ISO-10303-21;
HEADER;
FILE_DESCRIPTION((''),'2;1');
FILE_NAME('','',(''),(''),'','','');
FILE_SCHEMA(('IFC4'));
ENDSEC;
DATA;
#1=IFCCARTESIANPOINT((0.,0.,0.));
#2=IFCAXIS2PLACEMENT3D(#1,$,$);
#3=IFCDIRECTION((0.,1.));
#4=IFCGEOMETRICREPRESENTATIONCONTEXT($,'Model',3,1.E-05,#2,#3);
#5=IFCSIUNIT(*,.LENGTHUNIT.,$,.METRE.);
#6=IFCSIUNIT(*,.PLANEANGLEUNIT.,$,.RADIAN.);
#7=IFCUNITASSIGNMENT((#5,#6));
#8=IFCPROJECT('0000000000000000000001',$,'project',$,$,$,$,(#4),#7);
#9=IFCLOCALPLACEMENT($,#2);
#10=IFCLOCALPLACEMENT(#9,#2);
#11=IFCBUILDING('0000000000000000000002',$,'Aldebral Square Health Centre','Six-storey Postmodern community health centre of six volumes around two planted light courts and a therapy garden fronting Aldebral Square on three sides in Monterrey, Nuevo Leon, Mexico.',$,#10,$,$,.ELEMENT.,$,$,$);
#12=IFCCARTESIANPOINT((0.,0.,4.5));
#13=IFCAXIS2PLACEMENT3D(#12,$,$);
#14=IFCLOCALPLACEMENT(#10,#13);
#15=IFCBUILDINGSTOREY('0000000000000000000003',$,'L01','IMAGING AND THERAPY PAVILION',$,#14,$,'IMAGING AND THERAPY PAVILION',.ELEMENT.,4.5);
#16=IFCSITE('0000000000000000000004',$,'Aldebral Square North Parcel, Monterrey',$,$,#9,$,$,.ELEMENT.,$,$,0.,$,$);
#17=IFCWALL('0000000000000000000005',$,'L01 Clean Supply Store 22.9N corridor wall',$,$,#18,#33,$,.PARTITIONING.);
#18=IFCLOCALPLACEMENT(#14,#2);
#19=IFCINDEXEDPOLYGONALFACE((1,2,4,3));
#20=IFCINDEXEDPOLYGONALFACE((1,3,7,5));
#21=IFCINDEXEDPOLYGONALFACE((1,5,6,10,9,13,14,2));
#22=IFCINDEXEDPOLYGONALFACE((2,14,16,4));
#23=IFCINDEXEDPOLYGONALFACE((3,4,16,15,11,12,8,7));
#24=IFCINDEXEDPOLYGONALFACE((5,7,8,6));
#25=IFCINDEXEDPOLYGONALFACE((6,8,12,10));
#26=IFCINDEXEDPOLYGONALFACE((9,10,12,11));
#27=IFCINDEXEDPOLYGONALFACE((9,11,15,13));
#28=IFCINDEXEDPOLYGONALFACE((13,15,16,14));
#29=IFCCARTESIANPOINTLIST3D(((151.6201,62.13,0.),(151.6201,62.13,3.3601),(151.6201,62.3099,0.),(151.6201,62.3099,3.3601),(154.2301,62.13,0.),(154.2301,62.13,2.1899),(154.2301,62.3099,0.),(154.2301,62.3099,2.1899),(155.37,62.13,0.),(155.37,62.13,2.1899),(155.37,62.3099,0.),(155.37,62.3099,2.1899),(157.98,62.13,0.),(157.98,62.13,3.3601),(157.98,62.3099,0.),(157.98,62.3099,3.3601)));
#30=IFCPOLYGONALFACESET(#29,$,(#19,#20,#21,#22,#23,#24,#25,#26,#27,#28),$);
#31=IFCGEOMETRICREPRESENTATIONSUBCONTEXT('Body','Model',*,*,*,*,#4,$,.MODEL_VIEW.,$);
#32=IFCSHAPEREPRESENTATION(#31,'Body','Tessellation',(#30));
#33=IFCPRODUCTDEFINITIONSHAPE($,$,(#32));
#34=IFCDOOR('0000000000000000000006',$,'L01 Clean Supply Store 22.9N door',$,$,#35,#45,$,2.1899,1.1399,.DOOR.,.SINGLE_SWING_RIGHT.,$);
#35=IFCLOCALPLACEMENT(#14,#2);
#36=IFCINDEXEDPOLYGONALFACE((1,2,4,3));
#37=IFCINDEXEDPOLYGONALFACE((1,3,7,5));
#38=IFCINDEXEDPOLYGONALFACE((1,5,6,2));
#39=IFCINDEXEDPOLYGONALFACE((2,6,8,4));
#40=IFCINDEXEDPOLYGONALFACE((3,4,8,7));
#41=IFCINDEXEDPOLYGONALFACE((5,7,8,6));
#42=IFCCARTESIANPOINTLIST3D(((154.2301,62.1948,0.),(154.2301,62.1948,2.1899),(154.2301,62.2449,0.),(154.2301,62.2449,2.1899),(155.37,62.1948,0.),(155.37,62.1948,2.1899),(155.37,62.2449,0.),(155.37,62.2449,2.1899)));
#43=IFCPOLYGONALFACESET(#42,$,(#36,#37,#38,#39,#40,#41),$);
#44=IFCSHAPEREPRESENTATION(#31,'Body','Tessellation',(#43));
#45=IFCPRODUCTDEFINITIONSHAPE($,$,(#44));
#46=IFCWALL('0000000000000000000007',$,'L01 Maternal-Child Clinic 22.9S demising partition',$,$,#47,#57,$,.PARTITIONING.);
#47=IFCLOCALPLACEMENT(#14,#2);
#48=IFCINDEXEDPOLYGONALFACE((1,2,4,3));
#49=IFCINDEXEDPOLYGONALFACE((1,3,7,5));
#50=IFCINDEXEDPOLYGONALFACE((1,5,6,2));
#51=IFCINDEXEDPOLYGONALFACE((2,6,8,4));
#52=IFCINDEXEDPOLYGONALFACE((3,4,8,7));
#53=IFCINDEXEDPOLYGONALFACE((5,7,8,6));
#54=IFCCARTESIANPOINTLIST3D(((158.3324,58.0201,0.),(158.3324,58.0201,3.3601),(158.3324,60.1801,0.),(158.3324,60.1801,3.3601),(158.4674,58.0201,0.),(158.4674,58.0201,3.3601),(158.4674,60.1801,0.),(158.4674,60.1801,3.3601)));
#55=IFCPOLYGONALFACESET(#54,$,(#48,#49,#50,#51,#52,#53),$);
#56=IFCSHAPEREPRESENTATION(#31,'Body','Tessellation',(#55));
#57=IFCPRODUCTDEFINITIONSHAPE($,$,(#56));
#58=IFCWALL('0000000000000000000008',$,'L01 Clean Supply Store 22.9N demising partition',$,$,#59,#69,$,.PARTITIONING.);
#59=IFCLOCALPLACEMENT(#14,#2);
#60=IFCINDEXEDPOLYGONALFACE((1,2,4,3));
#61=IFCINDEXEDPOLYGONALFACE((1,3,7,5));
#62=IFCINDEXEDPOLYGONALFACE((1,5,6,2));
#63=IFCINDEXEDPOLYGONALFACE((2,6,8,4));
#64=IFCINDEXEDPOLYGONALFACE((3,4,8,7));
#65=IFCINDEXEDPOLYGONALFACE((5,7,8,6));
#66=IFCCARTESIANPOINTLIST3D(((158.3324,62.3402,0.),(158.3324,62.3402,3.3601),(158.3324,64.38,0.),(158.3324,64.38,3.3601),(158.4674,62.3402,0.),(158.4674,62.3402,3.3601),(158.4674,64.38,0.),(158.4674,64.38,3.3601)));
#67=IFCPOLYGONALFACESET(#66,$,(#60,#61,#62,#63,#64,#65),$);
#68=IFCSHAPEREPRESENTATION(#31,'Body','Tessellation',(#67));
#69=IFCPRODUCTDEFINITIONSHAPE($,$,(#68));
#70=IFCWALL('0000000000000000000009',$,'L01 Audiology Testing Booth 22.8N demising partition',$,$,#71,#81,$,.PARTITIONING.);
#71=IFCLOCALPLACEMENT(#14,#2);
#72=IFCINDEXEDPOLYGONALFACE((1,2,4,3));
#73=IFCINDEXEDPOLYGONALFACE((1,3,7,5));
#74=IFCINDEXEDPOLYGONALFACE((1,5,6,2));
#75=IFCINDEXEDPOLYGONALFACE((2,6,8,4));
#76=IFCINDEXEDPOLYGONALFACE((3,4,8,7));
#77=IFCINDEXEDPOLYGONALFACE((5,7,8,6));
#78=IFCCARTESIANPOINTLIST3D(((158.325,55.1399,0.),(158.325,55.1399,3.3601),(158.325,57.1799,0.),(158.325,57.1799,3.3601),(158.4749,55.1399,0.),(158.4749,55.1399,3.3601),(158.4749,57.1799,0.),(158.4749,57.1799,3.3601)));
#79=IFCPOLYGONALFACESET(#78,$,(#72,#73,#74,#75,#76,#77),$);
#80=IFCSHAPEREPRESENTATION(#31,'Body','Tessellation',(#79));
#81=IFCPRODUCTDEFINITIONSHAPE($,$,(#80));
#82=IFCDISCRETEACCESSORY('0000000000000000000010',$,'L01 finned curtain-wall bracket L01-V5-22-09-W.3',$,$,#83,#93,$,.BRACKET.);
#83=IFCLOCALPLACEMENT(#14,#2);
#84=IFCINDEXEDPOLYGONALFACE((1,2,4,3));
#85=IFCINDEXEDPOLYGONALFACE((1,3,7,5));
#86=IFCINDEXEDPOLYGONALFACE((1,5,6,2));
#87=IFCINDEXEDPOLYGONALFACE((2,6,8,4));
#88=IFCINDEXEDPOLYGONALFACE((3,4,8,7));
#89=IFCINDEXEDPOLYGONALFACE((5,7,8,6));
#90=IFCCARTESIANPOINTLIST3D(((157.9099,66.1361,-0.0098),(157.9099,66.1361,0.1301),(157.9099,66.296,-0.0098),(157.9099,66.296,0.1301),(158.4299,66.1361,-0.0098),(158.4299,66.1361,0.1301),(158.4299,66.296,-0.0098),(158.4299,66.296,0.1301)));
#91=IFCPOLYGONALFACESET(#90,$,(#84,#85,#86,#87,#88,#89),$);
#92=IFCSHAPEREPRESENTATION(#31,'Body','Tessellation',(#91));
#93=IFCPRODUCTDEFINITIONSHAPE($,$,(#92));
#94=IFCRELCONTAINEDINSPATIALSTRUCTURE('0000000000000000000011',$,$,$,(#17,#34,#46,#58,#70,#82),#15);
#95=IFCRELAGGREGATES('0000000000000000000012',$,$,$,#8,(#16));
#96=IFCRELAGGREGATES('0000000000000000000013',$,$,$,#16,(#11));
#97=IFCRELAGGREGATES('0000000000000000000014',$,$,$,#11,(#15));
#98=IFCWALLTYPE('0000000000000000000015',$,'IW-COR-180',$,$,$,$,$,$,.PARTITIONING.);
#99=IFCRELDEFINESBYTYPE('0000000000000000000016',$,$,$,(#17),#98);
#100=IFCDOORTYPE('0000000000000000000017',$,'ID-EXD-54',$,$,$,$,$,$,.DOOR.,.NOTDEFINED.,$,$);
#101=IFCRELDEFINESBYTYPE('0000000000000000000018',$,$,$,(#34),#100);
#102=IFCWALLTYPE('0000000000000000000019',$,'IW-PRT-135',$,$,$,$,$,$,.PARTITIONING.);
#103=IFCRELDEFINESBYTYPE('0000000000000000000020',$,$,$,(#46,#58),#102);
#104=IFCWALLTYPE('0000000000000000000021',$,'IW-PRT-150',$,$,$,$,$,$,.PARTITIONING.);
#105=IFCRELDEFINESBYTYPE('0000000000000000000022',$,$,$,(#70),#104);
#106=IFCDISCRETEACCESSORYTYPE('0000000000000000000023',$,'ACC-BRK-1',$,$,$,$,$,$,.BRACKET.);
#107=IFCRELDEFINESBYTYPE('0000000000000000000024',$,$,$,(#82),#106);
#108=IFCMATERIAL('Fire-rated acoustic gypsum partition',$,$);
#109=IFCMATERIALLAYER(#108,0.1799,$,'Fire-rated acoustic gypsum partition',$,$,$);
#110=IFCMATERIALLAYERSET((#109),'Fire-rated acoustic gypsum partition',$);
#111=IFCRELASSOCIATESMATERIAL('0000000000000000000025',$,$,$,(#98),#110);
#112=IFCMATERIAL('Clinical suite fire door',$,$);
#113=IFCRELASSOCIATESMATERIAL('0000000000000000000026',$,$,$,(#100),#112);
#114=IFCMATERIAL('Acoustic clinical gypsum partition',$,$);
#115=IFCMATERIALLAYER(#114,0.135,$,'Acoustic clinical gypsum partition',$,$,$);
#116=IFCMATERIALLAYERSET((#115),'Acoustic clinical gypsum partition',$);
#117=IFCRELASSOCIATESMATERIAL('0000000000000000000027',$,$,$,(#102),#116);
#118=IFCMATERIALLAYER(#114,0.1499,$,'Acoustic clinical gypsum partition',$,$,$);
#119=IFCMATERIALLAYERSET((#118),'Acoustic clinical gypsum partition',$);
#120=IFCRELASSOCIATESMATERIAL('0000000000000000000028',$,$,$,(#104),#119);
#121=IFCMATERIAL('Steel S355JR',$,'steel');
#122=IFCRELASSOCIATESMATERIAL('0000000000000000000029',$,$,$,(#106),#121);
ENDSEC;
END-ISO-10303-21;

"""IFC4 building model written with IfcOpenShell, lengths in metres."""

from ifc_helpers import new_model, si_unit, direction, frame, frame_2d, origin, origin_2d, place, context, subcontext, project, spatial, rectangle, extrude, material, layer, layer_set, type_object, element, fill, save


model = new_model("IFC4")

# Units and contexts
model_context = context("Model", 3, precision=1e-05, world=origin(), true_north=direction((0.0, 1.0)))
body_context = subcontext(model_context, "Body", "Model", "MODEL_VIEW")
ifc_project = project(units=[si_unit("LENGTHUNIT", "METRE"), si_unit("PLANEANGLEUNIT", "RADIAN")], contexts=[model_context])

# Site, building, storey
site_placement = place(None, origin())
site = spatial("IfcSite", under=ifc_project, at=site_placement, Name="Aldebral Square North Parcel, Monterrey", CompositionType="ELEMENT", RefElevation=0.0)
building_placement = place(site_placement, origin())
building = spatial("IfcBuilding", under=site, at=building_placement, Name="Aldebral Square Health Centre", Description="Six-storey Postmodern community health centre of six volumes around two planted light courts and a therapy garden fronting Aldebral Square on three sides in Monterrey, Nuevo Leon, Mexico.", CompositionType="ELEMENT")
storey_placement = place(building_placement, frame((0.0, 0.0, 4.5)))
storey = spatial("IfcBuildingStorey", under=building, at=storey_placement, Name="L01", Description="IMAGING AND THERAPY PAVILION", LongName="IMAGING AND THERAPY PAVILION", CompositionType="ELEMENT", Elevation=4.5)

# Wall, opening, door
ifc_material_1 = material(Name="Clinical suite fire door")
ifc_material_2 = material(Name="Fire-rated acoustic gypsum partition")
ifc_layer_1 = layer(ifc_material_2, 0.1799, Name="Fire-rated acoustic gypsum partition")
ifc_layer_set_1 = layer_set([ifc_layer_1], Name="Fire-rated acoustic gypsum partition")
wall_type_1 = type_object("IfcWallType", Name="IW-COR-180", PredefinedType="PARTITIONING", material=ifc_layer_set_1)
wall_1_placement = place(storey_placement, frame((151.6201, 62.22, 0.0), z_axis=(0.0, 0.0, 1.0), x_axis=(1.0, 0.0, 0.0)))
wall_1 = element("IfcWall", 1, at=wall_1_placement, inside=storey, type_object=wall_type_1, Name="L01 Clean Supply Store 22.9N corridor wall", PredefinedType="PARTITIONING", context=body_context, shape_type="SweptSolid", body=[
    extrude(rectangle(XDim=6.3599, YDim=0.1799, at=frame_2d((3.1799, 0.0))), origin(), (0.0, 0.0, 1.0), 3.3601),
])
opening_1_placement = place(wall_1_placement, frame((2.6101, 0.0, 0.0)))
opening_1 = element("IfcOpeningElement", 2, at=opening_1_placement, cuts=wall_1, PredefinedType="OPENING", context=body_context, shape_type="SweptSolid", body=[
    extrude(rectangle(XDim=1.1399, YDim=2.1899, at=frame_2d((0.5698, 1.095))), frame((0.0, 0.1001, 0.0), z_axis=(0.0, -1.0, 0.0), x_axis=(1.0, 0.0, 0.0)), (0.0, 0.0, 1.0), 0.2),
])
door_type_1 = type_object("IfcDoorType", Name="ID-EXD-54", OperationType="NOTDEFINED", PredefinedType="DOOR", material=ifc_material_1)
door_1_placement = place(opening_1_placement, origin())
door_1 = element("IfcDoor", 3, at=door_1_placement, inside=storey, type_object=door_type_1, Name="L01 Clean Supply Store 22.9N door", OperationType="SINGLE_SWING_RIGHT", OverallHeight=2.1899, OverallWidth=1.1399, PredefinedType="DOOR", context=body_context, shape_type="SweptSolid", body=[
    extrude(rectangle(XDim=1.1399, YDim=2.1899, at=frame_2d((0.5698, 1.095))), frame((0.0, 0.0249, 0.0), z_axis=(0.0, -1.0, 0.0), x_axis=(1.0, 0.0, 0.0)), (0.0, 0.0, 1.0), 0.05),
])
fill(opening_1, door_1)

# Walls
ifc_material_3 = material(Name="Acoustic clinical gypsum partition")
ifc_layer_2 = layer(ifc_material_3, 0.135, Name="Acoustic clinical gypsum partition")
ifc_layer_set_2 = layer_set([ifc_layer_2], Name="Acoustic clinical gypsum partition")
wall_type_2 = type_object("IfcWallType", Name="IW-PRT-135", PredefinedType="PARTITIONING", material=ifc_layer_set_2)
wall_2_placement = place(storey_placement, frame((158.3999, 58.02, 0.0), z_axis=(0.0, 0.0, 1.0), x_axis=(0.0, 1.0, 0.0)))
element("IfcWall", 4, at=wall_2_placement, inside=storey, type_object=wall_type_2, Name="L01 Maternal-Child Clinic 22.9S demising partition", PredefinedType="PARTITIONING", context=body_context, shape_type="SweptSolid", body=[
    extrude(rectangle(XDim=2.1599, YDim=0.135, at=frame_2d((1.0801, 0.0))), origin(), (0.0, 0.0, 1.0), 3.3601),
])
wall_3_placement = place(storey_placement, frame((158.3999, 62.3401, 0.0), z_axis=(0.0, 0.0, 1.0), x_axis=(0.0, 1.0, 0.0)))
element("IfcWall", 5, at=wall_3_placement, inside=storey, type_object=wall_type_2, Name="L01 Clean Supply Store 22.9N demising partition", PredefinedType="PARTITIONING", context=body_context, shape_type="SweptSolid", body=[
    extrude(rectangle(XDim=2.0398, YDim=0.135, at=frame_2d((1.02, 0.0))), origin(), (0.0, 0.0, 1.0), 3.3601),
])
ifc_layer_3 = layer(ifc_material_3, 0.1499, Name="Acoustic clinical gypsum partition")
ifc_layer_set_3 = layer_set([ifc_layer_3], Name="Acoustic clinical gypsum partition")
wall_type_3 = type_object("IfcWallType", Name="IW-PRT-150", PredefinedType="PARTITIONING", material=ifc_layer_set_3)
wall_4_placement = place(storey_placement, frame((158.3999, 55.1399, 0.0), z_axis=(0.0, 0.0, 1.0), x_axis=(0.0, 1.0, 0.0)))
element("IfcWall", 6, at=wall_4_placement, inside=storey, type_object=wall_type_3, Name="L01 Audiology Testing Booth 22.8N demising partition", PredefinedType="PARTITIONING", context=body_context, shape_type="SweptSolid", body=[
    extrude(rectangle(XDim=2.04, YDim=0.1499, at=frame_2d((1.02, 0.0))), origin(), (0.0, 0.0, 1.0), 3.3601),
])

# Discrete accessory
ifc_material_4 = material(Name="Steel S355JR", Category="steel")
discrete_accessory_type = type_object("IfcDiscreteAccessoryType", Name="ACC-BRK-1", PredefinedType="BRACKET", material=ifc_material_4)
discrete_accessory_placement = place(storey_placement, frame((158.1699, 66.2161, -0.0098), z_axis=(0.0, 0.0, 1.0), x_axis=(0.0, 1.0, 0.0)))
element("IfcDiscreteAccessory", 7, at=discrete_accessory_placement, inside=storey, type_object=discrete_accessory_type, Name="L01 finned curtain-wall bracket L01-V5-22-09-W.3", PredefinedType="BRACKET", context=body_context, shape_type="SweptSolid", body=[
    extrude(rectangle(XDim=0.1599, YDim=0.52, at=origin_2d()), origin(), (0.0, 0.0, 1.0), 0.1399),
])

save(model, "model.ifc")
